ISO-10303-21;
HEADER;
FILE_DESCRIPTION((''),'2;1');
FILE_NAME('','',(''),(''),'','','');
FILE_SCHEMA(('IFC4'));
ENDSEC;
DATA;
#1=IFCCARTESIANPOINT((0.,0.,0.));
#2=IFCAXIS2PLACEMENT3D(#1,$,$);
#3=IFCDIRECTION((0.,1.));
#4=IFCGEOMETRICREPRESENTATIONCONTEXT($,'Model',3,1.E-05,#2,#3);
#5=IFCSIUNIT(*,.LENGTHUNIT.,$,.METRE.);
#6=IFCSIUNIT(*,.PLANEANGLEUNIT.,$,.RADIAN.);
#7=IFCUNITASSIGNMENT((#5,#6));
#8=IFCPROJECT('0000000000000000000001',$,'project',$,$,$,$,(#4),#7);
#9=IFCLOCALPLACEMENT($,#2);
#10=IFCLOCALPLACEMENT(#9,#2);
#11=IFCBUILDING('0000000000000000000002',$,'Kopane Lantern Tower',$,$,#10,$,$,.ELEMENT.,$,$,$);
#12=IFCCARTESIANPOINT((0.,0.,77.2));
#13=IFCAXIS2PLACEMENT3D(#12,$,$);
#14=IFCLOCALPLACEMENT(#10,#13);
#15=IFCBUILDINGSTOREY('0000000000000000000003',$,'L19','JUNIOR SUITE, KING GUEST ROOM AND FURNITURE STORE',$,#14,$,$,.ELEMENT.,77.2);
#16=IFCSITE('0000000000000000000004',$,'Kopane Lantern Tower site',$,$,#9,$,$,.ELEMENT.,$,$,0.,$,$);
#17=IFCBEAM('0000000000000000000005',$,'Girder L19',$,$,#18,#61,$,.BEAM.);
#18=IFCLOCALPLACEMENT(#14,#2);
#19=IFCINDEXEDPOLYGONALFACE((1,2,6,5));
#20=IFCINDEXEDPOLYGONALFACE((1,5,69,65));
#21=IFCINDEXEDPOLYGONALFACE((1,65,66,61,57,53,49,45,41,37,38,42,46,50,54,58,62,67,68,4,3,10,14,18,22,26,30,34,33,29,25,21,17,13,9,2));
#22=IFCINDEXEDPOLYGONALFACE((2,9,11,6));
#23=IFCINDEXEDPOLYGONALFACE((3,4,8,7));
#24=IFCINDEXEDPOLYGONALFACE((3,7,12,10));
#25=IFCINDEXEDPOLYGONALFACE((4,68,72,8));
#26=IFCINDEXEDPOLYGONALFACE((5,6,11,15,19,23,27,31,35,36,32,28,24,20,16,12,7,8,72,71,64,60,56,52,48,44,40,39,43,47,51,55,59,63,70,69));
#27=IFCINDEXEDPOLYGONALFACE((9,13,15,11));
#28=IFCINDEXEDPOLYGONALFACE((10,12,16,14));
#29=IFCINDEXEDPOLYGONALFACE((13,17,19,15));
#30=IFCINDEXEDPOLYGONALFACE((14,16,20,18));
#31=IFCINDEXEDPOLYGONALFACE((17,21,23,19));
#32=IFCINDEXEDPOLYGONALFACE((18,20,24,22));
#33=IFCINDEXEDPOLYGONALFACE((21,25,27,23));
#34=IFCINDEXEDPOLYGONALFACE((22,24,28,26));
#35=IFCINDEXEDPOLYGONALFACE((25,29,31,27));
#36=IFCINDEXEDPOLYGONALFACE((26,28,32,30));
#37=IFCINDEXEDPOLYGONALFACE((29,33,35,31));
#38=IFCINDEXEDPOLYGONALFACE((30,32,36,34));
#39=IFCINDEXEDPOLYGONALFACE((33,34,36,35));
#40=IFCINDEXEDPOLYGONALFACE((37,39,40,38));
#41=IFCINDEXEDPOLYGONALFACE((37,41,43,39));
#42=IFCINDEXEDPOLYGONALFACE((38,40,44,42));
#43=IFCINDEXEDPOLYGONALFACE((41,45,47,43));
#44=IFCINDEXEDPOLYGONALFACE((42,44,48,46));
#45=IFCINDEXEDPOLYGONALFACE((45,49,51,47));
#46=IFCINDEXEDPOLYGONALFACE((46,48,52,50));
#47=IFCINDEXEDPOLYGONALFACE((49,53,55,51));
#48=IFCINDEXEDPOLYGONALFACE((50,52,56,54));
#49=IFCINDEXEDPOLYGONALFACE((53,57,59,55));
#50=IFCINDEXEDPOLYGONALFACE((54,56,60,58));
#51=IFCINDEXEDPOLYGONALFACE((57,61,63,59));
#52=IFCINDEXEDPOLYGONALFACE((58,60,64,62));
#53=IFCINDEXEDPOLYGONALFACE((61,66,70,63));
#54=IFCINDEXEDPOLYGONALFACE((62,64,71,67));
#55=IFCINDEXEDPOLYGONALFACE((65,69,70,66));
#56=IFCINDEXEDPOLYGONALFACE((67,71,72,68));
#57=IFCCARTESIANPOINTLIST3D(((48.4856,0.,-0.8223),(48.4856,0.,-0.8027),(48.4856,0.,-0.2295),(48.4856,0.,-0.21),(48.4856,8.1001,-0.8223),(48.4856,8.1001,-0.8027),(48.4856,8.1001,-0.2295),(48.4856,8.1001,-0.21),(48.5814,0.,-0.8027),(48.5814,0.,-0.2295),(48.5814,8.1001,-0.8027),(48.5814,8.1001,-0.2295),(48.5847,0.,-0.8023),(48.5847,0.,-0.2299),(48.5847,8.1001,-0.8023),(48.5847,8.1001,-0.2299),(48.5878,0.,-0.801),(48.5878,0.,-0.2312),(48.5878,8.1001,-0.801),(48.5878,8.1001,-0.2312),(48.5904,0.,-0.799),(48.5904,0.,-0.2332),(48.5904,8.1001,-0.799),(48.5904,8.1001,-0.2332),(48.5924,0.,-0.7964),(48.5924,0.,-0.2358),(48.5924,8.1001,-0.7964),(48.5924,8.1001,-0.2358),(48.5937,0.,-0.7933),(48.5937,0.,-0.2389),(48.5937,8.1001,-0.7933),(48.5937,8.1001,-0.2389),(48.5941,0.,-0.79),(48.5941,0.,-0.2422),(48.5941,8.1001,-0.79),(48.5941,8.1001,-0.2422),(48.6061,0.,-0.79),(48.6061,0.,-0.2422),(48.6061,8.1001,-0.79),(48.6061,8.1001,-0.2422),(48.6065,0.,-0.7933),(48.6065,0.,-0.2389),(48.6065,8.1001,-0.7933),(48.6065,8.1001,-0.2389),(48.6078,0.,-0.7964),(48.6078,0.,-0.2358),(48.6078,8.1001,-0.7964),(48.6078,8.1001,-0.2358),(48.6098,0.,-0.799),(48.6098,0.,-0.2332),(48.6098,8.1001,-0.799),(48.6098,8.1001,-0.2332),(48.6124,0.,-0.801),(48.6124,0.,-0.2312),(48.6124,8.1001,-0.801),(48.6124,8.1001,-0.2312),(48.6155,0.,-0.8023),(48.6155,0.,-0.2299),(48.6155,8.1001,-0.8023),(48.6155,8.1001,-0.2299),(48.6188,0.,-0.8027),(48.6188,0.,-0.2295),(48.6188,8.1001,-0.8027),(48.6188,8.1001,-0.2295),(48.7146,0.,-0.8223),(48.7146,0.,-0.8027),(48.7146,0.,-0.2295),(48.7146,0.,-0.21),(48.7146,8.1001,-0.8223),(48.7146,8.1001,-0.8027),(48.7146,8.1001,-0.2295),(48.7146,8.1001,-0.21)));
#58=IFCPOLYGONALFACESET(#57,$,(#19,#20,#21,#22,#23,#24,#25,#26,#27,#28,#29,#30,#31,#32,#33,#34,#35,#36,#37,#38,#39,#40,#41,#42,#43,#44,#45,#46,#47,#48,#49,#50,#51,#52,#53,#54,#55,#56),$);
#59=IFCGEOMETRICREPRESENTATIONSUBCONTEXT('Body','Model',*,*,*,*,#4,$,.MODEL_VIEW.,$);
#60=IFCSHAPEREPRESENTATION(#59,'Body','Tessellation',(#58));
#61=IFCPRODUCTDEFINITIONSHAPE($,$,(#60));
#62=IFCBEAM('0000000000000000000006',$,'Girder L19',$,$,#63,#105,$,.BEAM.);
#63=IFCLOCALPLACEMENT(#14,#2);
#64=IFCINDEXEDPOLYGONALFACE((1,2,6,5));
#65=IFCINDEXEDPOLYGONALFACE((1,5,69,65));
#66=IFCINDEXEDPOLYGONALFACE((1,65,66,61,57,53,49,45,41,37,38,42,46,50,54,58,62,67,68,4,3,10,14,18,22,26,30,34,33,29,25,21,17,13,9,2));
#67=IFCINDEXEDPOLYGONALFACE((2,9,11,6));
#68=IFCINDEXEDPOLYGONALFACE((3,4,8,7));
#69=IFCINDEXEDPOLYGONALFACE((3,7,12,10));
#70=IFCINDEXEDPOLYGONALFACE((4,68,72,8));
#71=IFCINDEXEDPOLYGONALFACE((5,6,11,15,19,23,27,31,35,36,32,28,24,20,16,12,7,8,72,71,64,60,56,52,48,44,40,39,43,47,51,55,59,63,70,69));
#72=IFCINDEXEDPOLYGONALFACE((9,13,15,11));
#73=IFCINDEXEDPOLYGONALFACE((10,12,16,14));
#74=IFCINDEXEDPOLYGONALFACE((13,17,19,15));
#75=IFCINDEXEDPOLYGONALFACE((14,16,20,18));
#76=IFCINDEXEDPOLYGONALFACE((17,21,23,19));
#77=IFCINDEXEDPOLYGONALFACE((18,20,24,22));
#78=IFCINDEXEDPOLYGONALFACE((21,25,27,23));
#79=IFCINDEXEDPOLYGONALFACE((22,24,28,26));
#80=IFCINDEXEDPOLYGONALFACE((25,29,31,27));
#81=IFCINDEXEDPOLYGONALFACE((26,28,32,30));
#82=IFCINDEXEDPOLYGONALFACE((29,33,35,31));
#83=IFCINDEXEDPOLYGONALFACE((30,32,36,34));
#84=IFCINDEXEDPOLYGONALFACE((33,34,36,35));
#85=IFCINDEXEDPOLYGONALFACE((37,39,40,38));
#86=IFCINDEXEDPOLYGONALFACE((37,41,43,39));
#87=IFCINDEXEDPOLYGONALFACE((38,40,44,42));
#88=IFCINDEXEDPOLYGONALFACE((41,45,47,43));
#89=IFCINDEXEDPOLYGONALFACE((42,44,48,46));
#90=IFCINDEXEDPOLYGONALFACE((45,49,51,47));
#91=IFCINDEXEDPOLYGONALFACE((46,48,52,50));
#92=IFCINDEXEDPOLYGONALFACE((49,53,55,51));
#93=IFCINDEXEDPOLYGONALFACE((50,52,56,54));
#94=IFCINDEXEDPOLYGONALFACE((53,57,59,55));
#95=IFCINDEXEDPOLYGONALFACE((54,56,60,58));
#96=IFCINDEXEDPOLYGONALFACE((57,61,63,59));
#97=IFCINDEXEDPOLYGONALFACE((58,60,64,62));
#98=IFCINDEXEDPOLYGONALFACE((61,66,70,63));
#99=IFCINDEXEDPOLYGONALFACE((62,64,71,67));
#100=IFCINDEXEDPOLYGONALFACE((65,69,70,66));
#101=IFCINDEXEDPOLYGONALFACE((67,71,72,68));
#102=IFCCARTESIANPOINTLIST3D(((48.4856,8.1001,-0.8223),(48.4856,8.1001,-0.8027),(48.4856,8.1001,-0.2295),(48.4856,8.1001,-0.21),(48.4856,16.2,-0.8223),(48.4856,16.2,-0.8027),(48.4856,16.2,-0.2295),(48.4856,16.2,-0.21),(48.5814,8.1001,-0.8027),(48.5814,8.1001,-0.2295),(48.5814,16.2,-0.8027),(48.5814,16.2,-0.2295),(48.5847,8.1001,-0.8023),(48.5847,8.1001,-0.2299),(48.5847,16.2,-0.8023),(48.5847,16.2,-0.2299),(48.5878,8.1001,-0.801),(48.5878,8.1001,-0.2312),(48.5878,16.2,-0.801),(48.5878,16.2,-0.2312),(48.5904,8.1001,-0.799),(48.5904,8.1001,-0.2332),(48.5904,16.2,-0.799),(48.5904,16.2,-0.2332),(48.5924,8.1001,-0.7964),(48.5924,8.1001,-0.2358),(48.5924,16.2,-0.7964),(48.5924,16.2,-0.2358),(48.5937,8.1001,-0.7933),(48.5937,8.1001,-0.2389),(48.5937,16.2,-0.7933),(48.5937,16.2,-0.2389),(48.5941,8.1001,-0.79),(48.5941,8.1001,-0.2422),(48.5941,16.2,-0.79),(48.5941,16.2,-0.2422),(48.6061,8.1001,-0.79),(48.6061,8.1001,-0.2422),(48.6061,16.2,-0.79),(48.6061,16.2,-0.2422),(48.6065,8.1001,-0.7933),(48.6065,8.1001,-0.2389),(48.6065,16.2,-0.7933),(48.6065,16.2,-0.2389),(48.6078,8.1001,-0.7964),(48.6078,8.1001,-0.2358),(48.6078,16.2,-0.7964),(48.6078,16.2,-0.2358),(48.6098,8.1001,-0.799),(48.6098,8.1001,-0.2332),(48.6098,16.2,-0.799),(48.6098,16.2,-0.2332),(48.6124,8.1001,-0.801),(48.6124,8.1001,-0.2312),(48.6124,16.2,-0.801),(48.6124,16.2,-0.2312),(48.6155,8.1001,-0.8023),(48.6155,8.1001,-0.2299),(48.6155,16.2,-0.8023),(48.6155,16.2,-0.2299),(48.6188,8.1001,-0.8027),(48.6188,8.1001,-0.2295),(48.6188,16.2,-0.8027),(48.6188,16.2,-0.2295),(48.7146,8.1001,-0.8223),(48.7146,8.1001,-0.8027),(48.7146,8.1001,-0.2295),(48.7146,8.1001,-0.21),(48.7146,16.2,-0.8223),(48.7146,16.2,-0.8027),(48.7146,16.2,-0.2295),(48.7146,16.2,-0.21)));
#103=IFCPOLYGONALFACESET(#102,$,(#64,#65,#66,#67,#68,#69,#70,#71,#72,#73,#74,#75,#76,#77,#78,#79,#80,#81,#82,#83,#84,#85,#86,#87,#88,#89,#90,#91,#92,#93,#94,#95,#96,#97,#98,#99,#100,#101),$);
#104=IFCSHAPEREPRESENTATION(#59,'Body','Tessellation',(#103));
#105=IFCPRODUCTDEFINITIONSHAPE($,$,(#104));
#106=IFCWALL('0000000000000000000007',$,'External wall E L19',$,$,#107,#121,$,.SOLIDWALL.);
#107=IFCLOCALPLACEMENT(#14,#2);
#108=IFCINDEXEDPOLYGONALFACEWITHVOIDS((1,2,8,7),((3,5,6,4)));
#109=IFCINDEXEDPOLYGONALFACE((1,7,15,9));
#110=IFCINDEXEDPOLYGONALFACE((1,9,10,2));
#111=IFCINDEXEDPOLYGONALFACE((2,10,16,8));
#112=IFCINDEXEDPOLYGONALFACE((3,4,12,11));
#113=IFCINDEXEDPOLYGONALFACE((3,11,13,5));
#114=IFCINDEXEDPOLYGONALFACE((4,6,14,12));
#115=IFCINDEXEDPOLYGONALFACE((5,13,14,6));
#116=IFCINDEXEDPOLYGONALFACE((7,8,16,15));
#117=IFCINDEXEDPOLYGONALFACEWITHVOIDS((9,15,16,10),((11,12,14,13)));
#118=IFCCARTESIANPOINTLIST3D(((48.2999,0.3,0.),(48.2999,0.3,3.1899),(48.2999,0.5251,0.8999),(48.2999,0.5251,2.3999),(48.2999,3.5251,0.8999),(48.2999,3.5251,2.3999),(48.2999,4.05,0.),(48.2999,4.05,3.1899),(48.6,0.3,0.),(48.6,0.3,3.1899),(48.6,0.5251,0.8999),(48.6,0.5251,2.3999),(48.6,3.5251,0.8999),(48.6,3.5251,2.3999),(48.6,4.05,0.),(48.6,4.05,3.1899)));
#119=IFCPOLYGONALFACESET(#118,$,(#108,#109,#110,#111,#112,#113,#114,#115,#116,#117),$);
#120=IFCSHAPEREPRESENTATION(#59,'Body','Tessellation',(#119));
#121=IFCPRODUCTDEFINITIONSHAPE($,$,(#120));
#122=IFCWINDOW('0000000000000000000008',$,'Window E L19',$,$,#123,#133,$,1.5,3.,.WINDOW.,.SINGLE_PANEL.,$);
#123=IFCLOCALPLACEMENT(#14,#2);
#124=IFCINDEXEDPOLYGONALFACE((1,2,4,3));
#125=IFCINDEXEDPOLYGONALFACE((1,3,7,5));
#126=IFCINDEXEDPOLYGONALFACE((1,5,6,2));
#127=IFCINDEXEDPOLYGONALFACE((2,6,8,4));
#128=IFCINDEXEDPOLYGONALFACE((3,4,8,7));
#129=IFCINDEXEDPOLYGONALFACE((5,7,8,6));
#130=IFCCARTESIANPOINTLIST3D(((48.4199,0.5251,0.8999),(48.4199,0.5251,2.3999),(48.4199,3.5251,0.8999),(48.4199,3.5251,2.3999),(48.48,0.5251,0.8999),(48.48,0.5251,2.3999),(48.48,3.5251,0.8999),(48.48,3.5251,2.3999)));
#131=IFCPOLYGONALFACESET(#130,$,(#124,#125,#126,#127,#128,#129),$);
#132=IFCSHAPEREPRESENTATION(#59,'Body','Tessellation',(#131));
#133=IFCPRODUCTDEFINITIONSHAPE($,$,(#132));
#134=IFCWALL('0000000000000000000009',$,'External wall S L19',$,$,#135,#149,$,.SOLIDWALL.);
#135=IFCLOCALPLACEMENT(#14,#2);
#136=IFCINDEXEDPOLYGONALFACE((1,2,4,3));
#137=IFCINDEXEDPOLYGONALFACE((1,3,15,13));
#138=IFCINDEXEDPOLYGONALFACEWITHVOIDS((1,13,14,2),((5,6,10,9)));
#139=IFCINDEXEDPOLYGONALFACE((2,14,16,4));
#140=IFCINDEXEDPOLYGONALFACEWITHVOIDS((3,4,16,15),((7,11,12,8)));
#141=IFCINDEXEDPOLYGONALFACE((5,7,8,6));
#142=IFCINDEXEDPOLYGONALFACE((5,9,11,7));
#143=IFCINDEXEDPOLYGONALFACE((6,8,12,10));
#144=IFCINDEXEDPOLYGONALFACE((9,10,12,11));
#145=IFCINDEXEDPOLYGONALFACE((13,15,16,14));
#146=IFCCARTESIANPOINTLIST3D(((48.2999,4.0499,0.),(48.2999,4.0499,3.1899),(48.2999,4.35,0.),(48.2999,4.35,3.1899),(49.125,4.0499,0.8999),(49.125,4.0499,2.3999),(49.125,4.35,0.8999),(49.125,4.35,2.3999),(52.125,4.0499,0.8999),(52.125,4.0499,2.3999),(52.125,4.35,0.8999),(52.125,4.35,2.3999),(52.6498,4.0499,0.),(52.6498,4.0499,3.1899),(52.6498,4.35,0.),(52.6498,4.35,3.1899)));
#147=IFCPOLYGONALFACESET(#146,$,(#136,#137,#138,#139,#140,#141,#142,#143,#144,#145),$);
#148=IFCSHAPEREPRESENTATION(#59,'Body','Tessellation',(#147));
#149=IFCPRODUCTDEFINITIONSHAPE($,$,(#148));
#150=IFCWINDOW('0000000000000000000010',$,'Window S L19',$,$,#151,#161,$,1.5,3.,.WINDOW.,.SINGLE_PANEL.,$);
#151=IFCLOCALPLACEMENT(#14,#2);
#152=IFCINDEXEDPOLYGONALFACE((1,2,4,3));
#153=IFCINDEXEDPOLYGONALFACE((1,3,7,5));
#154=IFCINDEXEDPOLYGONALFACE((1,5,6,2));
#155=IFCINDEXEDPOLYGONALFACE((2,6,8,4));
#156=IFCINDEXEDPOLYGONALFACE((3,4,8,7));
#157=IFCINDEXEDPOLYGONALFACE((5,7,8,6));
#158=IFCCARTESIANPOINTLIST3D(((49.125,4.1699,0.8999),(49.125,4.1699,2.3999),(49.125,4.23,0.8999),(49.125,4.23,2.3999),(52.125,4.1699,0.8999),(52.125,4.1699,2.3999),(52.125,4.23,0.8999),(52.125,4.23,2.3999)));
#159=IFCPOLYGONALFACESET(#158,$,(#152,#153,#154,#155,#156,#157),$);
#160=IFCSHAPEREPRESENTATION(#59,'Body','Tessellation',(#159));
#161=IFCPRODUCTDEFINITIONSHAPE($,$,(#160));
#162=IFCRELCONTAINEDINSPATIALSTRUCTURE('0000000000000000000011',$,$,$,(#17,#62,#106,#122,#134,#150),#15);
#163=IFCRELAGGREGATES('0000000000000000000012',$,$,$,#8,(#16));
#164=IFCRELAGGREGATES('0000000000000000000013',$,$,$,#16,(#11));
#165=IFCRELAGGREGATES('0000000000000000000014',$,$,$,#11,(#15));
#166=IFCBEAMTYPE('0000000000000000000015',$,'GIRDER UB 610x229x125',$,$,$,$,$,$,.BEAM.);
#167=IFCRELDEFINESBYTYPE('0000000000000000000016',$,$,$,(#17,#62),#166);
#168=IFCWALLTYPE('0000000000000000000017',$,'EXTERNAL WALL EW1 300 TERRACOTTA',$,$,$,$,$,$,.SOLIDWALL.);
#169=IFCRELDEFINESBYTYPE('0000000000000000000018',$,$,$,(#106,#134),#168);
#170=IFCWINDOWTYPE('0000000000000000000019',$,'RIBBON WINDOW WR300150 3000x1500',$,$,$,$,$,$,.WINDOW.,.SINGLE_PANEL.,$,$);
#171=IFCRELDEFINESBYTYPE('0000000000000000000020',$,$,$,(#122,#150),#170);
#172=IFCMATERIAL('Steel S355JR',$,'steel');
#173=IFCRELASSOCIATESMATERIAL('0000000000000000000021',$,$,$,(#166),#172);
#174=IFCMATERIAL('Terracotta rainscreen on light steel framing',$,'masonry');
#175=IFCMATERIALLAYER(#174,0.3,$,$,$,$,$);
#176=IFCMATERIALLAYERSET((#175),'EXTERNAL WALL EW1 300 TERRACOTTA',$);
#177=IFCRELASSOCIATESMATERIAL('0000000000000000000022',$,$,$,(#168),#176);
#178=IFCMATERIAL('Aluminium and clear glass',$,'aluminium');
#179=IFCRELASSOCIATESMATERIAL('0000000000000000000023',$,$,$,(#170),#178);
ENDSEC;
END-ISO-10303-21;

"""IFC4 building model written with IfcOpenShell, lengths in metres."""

from ifc_helpers import new_model, si_unit, direction, frame, frame_2d, origin, origin_2d, place, context, subcontext, project, spatial, rectangle, i_section, extrude, material, layer, layer_set, material_profile, profile_set, type_object, element, fill, save


model = new_model("IFC4")

# Units and contexts
model_context = context("Model", 3, precision=1e-05, world=origin(), true_north=direction((0.0, 1.0)))
body_context = subcontext(model_context, "Body", "Model", "MODEL_VIEW")
ifc_project = project(units=[si_unit("LENGTHUNIT", "METRE"), si_unit("PLANEANGLEUNIT", "RADIAN")], contexts=[model_context])

# Site, building, storey
site_placement = place(None, origin())
site = spatial("IfcSite", under=ifc_project, at=site_placement, Name="Kopane Lantern Tower site", CompositionType="ELEMENT", RefElevation=0.0)
building_placement = place(site_placement, origin())
building = spatial("IfcBuilding", under=site, at=building_placement, Name="Kopane Lantern Tower", CompositionType="ELEMENT")
storey_placement = place(building_placement, frame((0.0, 0.0, 77.2)))
storey = spatial("IfcBuildingStorey", under=building, at=storey_placement, Name="L19", Description="JUNIOR SUITE, KING GUEST ROOM AND FURNITURE STORE", CompositionType="ELEMENT", Elevation=77.2)

# Beams
ifc_material_1 = material(Name="Steel S355JR", Category="steel")
ifc_material_profile_1 = material_profile(ifc_material_1, i_section(OverallWidth=0.229, OverallDepth=0.6123, WebThickness=0.012, FlangeThickness=0.0195, FilletRadius=0.0127, at=origin_2d()), Name="UB 610x229x125")
ifc_profile_set_1 = profile_set([ifc_material_profile_1], Name="Steel S355JR")
beam_type_1 = type_object("IfcBeamType", Name="GIRDER UB 610x229x125", PredefinedType="BEAM", material=ifc_profile_set_1)
beam_1_placement = place(storey_placement, frame((48.6001, 0.0, -0.5161), z_axis=(0.0, 1.0, 0.0), x_axis=(-1.0, 0.0, 0.0)))
element("IfcBeam", 1, at=beam_1_placement, inside=storey, type_object=beam_type_1, Name="Girder L19", PredefinedType="BEAM", context=body_context, shape_type="SweptSolid", body=[
    extrude(i_section(OverallWidth=0.229, OverallDepth=0.6123, WebThickness=0.012, FlangeThickness=0.0195, FilletRadius=0.0127, at=origin_2d()), origin(), (0.0, 0.0, 1.0), 8.1001),
])
beam_2_placement = place(storey_placement, frame((48.6001, 8.1001, -0.5161), z_axis=(0.0, 1.0, 0.0), x_axis=(-1.0, 0.0, 0.0)))
element("IfcBeam", 2, at=beam_2_placement, inside=storey, type_object=beam_type_1, Name="Girder L19", PredefinedType="BEAM", context=body_context, shape_type="SweptSolid", body=[
    extrude(i_section(OverallWidth=0.229, OverallDepth=0.6123, WebThickness=0.012, FlangeThickness=0.0195, FilletRadius=0.0127, at=origin_2d()), origin(), (0.0, 0.0, 1.0), 8.0999),
])

# Walls, openings, windows
ifc_material_2 = material(Name="Terracotta rainscreen on light steel framing", Category="masonry")
ifc_layer = layer(ifc_material_2, 0.3)
ifc_layer_set = layer_set([ifc_layer], Name="EXTERNAL WALL EW1 300 TERRACOTTA")
wall_type = type_object("IfcWallType", Name="EXTERNAL WALL EW1 300 TERRACOTTA", PredefinedType="SOLIDWALL", material=ifc_layer_set)
wall_1_placement = place(storey_placement, frame((48.45, 0.3, 0.0), z_axis=(0.0, 0.0, 1.0), x_axis=(0.0, 1.0, 0.0)))
wall_1 = element("IfcWall", 3, at=wall_1_placement, inside=storey, type_object=wall_type, Name="External wall E L19", PredefinedType="SOLIDWALL", context=body_context, shape_type="SweptSolid", body=[
    extrude(rectangle(XDim=3.75, YDim=0.3, at=frame_2d((1.875, 0.0))), origin(), (0.0, 0.0, 1.0), 3.1899),
])
opening_1_placement = place(wall_1_placement, frame((0.2251, 0.0, 0.8999)))
opening_1 = element("IfcOpeningElement", 4, at=opening_1_placement, cuts=wall_1, PredefinedType="OPENING", context=body_context, shape_type="SweptSolid", body=[
    extrude(rectangle(XDim=3.0, YDim=1.5, at=frame_2d((1.5, 0.75))), frame((0.0, 0.1599, 0.0), z_axis=(0.0, -1.0, 0.0), x_axis=(1.0, 0.0, 0.0)), (0.0, 0.0, 1.0), 0.3201),
])
ifc_material_3 = material(Name="Aluminium and clear glass", Category="aluminium")
window_type = type_object("IfcWindowType", Name="RIBBON WINDOW WR300150 3000x1500", PartitioningType="SINGLE_PANEL", PredefinedType="WINDOW", material=ifc_material_3)
window_1_placement = place(opening_1_placement, origin())
window_1 = element("IfcWindow", 5, at=window_1_placement, inside=storey, type_object=window_type, Name="Window E L19", OverallHeight=1.5, OverallWidth=3.0, PartitioningType="SINGLE_PANEL", PredefinedType="WINDOW", context=body_context, shape_type="SweptSolid", body=[
    extrude(rectangle(XDim=3.0, YDim=1.5, at=frame_2d((1.5, 0.75))), frame((0.0, 0.03, 0.0), z_axis=(0.0, -1.0, 0.0), x_axis=(1.0, 0.0, 0.0)), (0.0, 0.0, 1.0), 0.0601),
])
fill(opening_1, window_1)
wall_2_placement = place(storey_placement, frame((48.3, 4.2, 0.0), z_axis=(0.0, 0.0, 1.0), x_axis=(1.0, 0.0, 0.0)))
wall_2 = element("IfcWall", 6, at=wall_2_placement, inside=storey, type_object=wall_type, Name="External wall S L19", PredefinedType="SOLIDWALL", context=body_context, shape_type="SweptSolid", body=[
    extrude(rectangle(XDim=4.3499, YDim=0.3, at=frame_2d((2.1748, 0.0))), origin(), (0.0, 0.0, 1.0), 3.1899),
])
opening_2_placement = place(wall_2_placement, frame((0.825, 0.0, 0.8999)))
opening_2 = element("IfcOpeningElement", 7, at=opening_2_placement, cuts=wall_2, PredefinedType="OPENING", context=body_context, shape_type="SweptSolid", body=[
    extrude(rectangle(XDim=3.0, YDim=1.5, at=frame_2d((1.5, 0.75))), frame((0.0, 0.1599, 0.0), z_axis=(0.0, -1.0, 0.0), x_axis=(1.0, 0.0, 0.0)), (0.0, 0.0, 1.0), 0.3201),
])
window_2_placement = place(opening_2_placement, origin())
window_2 = element("IfcWindow", 8, at=window_2_placement, inside=storey, type_object=window_type, Name="Window S L19", OverallHeight=1.5, OverallWidth=3.0, PartitioningType="SINGLE_PANEL", PredefinedType="WINDOW", context=body_context, shape_type="SweptSolid", body=[
    extrude(rectangle(XDim=3.0, YDim=1.5, at=frame_2d((1.5, 0.75))), frame((0.0, 0.03, 0.0), z_axis=(0.0, -1.0, 0.0), x_axis=(1.0, 0.0, 0.0)), (0.0, 0.0, 1.0), 0.0601),
])
fill(opening_2, window_2)

save(model, "model.ifc")
